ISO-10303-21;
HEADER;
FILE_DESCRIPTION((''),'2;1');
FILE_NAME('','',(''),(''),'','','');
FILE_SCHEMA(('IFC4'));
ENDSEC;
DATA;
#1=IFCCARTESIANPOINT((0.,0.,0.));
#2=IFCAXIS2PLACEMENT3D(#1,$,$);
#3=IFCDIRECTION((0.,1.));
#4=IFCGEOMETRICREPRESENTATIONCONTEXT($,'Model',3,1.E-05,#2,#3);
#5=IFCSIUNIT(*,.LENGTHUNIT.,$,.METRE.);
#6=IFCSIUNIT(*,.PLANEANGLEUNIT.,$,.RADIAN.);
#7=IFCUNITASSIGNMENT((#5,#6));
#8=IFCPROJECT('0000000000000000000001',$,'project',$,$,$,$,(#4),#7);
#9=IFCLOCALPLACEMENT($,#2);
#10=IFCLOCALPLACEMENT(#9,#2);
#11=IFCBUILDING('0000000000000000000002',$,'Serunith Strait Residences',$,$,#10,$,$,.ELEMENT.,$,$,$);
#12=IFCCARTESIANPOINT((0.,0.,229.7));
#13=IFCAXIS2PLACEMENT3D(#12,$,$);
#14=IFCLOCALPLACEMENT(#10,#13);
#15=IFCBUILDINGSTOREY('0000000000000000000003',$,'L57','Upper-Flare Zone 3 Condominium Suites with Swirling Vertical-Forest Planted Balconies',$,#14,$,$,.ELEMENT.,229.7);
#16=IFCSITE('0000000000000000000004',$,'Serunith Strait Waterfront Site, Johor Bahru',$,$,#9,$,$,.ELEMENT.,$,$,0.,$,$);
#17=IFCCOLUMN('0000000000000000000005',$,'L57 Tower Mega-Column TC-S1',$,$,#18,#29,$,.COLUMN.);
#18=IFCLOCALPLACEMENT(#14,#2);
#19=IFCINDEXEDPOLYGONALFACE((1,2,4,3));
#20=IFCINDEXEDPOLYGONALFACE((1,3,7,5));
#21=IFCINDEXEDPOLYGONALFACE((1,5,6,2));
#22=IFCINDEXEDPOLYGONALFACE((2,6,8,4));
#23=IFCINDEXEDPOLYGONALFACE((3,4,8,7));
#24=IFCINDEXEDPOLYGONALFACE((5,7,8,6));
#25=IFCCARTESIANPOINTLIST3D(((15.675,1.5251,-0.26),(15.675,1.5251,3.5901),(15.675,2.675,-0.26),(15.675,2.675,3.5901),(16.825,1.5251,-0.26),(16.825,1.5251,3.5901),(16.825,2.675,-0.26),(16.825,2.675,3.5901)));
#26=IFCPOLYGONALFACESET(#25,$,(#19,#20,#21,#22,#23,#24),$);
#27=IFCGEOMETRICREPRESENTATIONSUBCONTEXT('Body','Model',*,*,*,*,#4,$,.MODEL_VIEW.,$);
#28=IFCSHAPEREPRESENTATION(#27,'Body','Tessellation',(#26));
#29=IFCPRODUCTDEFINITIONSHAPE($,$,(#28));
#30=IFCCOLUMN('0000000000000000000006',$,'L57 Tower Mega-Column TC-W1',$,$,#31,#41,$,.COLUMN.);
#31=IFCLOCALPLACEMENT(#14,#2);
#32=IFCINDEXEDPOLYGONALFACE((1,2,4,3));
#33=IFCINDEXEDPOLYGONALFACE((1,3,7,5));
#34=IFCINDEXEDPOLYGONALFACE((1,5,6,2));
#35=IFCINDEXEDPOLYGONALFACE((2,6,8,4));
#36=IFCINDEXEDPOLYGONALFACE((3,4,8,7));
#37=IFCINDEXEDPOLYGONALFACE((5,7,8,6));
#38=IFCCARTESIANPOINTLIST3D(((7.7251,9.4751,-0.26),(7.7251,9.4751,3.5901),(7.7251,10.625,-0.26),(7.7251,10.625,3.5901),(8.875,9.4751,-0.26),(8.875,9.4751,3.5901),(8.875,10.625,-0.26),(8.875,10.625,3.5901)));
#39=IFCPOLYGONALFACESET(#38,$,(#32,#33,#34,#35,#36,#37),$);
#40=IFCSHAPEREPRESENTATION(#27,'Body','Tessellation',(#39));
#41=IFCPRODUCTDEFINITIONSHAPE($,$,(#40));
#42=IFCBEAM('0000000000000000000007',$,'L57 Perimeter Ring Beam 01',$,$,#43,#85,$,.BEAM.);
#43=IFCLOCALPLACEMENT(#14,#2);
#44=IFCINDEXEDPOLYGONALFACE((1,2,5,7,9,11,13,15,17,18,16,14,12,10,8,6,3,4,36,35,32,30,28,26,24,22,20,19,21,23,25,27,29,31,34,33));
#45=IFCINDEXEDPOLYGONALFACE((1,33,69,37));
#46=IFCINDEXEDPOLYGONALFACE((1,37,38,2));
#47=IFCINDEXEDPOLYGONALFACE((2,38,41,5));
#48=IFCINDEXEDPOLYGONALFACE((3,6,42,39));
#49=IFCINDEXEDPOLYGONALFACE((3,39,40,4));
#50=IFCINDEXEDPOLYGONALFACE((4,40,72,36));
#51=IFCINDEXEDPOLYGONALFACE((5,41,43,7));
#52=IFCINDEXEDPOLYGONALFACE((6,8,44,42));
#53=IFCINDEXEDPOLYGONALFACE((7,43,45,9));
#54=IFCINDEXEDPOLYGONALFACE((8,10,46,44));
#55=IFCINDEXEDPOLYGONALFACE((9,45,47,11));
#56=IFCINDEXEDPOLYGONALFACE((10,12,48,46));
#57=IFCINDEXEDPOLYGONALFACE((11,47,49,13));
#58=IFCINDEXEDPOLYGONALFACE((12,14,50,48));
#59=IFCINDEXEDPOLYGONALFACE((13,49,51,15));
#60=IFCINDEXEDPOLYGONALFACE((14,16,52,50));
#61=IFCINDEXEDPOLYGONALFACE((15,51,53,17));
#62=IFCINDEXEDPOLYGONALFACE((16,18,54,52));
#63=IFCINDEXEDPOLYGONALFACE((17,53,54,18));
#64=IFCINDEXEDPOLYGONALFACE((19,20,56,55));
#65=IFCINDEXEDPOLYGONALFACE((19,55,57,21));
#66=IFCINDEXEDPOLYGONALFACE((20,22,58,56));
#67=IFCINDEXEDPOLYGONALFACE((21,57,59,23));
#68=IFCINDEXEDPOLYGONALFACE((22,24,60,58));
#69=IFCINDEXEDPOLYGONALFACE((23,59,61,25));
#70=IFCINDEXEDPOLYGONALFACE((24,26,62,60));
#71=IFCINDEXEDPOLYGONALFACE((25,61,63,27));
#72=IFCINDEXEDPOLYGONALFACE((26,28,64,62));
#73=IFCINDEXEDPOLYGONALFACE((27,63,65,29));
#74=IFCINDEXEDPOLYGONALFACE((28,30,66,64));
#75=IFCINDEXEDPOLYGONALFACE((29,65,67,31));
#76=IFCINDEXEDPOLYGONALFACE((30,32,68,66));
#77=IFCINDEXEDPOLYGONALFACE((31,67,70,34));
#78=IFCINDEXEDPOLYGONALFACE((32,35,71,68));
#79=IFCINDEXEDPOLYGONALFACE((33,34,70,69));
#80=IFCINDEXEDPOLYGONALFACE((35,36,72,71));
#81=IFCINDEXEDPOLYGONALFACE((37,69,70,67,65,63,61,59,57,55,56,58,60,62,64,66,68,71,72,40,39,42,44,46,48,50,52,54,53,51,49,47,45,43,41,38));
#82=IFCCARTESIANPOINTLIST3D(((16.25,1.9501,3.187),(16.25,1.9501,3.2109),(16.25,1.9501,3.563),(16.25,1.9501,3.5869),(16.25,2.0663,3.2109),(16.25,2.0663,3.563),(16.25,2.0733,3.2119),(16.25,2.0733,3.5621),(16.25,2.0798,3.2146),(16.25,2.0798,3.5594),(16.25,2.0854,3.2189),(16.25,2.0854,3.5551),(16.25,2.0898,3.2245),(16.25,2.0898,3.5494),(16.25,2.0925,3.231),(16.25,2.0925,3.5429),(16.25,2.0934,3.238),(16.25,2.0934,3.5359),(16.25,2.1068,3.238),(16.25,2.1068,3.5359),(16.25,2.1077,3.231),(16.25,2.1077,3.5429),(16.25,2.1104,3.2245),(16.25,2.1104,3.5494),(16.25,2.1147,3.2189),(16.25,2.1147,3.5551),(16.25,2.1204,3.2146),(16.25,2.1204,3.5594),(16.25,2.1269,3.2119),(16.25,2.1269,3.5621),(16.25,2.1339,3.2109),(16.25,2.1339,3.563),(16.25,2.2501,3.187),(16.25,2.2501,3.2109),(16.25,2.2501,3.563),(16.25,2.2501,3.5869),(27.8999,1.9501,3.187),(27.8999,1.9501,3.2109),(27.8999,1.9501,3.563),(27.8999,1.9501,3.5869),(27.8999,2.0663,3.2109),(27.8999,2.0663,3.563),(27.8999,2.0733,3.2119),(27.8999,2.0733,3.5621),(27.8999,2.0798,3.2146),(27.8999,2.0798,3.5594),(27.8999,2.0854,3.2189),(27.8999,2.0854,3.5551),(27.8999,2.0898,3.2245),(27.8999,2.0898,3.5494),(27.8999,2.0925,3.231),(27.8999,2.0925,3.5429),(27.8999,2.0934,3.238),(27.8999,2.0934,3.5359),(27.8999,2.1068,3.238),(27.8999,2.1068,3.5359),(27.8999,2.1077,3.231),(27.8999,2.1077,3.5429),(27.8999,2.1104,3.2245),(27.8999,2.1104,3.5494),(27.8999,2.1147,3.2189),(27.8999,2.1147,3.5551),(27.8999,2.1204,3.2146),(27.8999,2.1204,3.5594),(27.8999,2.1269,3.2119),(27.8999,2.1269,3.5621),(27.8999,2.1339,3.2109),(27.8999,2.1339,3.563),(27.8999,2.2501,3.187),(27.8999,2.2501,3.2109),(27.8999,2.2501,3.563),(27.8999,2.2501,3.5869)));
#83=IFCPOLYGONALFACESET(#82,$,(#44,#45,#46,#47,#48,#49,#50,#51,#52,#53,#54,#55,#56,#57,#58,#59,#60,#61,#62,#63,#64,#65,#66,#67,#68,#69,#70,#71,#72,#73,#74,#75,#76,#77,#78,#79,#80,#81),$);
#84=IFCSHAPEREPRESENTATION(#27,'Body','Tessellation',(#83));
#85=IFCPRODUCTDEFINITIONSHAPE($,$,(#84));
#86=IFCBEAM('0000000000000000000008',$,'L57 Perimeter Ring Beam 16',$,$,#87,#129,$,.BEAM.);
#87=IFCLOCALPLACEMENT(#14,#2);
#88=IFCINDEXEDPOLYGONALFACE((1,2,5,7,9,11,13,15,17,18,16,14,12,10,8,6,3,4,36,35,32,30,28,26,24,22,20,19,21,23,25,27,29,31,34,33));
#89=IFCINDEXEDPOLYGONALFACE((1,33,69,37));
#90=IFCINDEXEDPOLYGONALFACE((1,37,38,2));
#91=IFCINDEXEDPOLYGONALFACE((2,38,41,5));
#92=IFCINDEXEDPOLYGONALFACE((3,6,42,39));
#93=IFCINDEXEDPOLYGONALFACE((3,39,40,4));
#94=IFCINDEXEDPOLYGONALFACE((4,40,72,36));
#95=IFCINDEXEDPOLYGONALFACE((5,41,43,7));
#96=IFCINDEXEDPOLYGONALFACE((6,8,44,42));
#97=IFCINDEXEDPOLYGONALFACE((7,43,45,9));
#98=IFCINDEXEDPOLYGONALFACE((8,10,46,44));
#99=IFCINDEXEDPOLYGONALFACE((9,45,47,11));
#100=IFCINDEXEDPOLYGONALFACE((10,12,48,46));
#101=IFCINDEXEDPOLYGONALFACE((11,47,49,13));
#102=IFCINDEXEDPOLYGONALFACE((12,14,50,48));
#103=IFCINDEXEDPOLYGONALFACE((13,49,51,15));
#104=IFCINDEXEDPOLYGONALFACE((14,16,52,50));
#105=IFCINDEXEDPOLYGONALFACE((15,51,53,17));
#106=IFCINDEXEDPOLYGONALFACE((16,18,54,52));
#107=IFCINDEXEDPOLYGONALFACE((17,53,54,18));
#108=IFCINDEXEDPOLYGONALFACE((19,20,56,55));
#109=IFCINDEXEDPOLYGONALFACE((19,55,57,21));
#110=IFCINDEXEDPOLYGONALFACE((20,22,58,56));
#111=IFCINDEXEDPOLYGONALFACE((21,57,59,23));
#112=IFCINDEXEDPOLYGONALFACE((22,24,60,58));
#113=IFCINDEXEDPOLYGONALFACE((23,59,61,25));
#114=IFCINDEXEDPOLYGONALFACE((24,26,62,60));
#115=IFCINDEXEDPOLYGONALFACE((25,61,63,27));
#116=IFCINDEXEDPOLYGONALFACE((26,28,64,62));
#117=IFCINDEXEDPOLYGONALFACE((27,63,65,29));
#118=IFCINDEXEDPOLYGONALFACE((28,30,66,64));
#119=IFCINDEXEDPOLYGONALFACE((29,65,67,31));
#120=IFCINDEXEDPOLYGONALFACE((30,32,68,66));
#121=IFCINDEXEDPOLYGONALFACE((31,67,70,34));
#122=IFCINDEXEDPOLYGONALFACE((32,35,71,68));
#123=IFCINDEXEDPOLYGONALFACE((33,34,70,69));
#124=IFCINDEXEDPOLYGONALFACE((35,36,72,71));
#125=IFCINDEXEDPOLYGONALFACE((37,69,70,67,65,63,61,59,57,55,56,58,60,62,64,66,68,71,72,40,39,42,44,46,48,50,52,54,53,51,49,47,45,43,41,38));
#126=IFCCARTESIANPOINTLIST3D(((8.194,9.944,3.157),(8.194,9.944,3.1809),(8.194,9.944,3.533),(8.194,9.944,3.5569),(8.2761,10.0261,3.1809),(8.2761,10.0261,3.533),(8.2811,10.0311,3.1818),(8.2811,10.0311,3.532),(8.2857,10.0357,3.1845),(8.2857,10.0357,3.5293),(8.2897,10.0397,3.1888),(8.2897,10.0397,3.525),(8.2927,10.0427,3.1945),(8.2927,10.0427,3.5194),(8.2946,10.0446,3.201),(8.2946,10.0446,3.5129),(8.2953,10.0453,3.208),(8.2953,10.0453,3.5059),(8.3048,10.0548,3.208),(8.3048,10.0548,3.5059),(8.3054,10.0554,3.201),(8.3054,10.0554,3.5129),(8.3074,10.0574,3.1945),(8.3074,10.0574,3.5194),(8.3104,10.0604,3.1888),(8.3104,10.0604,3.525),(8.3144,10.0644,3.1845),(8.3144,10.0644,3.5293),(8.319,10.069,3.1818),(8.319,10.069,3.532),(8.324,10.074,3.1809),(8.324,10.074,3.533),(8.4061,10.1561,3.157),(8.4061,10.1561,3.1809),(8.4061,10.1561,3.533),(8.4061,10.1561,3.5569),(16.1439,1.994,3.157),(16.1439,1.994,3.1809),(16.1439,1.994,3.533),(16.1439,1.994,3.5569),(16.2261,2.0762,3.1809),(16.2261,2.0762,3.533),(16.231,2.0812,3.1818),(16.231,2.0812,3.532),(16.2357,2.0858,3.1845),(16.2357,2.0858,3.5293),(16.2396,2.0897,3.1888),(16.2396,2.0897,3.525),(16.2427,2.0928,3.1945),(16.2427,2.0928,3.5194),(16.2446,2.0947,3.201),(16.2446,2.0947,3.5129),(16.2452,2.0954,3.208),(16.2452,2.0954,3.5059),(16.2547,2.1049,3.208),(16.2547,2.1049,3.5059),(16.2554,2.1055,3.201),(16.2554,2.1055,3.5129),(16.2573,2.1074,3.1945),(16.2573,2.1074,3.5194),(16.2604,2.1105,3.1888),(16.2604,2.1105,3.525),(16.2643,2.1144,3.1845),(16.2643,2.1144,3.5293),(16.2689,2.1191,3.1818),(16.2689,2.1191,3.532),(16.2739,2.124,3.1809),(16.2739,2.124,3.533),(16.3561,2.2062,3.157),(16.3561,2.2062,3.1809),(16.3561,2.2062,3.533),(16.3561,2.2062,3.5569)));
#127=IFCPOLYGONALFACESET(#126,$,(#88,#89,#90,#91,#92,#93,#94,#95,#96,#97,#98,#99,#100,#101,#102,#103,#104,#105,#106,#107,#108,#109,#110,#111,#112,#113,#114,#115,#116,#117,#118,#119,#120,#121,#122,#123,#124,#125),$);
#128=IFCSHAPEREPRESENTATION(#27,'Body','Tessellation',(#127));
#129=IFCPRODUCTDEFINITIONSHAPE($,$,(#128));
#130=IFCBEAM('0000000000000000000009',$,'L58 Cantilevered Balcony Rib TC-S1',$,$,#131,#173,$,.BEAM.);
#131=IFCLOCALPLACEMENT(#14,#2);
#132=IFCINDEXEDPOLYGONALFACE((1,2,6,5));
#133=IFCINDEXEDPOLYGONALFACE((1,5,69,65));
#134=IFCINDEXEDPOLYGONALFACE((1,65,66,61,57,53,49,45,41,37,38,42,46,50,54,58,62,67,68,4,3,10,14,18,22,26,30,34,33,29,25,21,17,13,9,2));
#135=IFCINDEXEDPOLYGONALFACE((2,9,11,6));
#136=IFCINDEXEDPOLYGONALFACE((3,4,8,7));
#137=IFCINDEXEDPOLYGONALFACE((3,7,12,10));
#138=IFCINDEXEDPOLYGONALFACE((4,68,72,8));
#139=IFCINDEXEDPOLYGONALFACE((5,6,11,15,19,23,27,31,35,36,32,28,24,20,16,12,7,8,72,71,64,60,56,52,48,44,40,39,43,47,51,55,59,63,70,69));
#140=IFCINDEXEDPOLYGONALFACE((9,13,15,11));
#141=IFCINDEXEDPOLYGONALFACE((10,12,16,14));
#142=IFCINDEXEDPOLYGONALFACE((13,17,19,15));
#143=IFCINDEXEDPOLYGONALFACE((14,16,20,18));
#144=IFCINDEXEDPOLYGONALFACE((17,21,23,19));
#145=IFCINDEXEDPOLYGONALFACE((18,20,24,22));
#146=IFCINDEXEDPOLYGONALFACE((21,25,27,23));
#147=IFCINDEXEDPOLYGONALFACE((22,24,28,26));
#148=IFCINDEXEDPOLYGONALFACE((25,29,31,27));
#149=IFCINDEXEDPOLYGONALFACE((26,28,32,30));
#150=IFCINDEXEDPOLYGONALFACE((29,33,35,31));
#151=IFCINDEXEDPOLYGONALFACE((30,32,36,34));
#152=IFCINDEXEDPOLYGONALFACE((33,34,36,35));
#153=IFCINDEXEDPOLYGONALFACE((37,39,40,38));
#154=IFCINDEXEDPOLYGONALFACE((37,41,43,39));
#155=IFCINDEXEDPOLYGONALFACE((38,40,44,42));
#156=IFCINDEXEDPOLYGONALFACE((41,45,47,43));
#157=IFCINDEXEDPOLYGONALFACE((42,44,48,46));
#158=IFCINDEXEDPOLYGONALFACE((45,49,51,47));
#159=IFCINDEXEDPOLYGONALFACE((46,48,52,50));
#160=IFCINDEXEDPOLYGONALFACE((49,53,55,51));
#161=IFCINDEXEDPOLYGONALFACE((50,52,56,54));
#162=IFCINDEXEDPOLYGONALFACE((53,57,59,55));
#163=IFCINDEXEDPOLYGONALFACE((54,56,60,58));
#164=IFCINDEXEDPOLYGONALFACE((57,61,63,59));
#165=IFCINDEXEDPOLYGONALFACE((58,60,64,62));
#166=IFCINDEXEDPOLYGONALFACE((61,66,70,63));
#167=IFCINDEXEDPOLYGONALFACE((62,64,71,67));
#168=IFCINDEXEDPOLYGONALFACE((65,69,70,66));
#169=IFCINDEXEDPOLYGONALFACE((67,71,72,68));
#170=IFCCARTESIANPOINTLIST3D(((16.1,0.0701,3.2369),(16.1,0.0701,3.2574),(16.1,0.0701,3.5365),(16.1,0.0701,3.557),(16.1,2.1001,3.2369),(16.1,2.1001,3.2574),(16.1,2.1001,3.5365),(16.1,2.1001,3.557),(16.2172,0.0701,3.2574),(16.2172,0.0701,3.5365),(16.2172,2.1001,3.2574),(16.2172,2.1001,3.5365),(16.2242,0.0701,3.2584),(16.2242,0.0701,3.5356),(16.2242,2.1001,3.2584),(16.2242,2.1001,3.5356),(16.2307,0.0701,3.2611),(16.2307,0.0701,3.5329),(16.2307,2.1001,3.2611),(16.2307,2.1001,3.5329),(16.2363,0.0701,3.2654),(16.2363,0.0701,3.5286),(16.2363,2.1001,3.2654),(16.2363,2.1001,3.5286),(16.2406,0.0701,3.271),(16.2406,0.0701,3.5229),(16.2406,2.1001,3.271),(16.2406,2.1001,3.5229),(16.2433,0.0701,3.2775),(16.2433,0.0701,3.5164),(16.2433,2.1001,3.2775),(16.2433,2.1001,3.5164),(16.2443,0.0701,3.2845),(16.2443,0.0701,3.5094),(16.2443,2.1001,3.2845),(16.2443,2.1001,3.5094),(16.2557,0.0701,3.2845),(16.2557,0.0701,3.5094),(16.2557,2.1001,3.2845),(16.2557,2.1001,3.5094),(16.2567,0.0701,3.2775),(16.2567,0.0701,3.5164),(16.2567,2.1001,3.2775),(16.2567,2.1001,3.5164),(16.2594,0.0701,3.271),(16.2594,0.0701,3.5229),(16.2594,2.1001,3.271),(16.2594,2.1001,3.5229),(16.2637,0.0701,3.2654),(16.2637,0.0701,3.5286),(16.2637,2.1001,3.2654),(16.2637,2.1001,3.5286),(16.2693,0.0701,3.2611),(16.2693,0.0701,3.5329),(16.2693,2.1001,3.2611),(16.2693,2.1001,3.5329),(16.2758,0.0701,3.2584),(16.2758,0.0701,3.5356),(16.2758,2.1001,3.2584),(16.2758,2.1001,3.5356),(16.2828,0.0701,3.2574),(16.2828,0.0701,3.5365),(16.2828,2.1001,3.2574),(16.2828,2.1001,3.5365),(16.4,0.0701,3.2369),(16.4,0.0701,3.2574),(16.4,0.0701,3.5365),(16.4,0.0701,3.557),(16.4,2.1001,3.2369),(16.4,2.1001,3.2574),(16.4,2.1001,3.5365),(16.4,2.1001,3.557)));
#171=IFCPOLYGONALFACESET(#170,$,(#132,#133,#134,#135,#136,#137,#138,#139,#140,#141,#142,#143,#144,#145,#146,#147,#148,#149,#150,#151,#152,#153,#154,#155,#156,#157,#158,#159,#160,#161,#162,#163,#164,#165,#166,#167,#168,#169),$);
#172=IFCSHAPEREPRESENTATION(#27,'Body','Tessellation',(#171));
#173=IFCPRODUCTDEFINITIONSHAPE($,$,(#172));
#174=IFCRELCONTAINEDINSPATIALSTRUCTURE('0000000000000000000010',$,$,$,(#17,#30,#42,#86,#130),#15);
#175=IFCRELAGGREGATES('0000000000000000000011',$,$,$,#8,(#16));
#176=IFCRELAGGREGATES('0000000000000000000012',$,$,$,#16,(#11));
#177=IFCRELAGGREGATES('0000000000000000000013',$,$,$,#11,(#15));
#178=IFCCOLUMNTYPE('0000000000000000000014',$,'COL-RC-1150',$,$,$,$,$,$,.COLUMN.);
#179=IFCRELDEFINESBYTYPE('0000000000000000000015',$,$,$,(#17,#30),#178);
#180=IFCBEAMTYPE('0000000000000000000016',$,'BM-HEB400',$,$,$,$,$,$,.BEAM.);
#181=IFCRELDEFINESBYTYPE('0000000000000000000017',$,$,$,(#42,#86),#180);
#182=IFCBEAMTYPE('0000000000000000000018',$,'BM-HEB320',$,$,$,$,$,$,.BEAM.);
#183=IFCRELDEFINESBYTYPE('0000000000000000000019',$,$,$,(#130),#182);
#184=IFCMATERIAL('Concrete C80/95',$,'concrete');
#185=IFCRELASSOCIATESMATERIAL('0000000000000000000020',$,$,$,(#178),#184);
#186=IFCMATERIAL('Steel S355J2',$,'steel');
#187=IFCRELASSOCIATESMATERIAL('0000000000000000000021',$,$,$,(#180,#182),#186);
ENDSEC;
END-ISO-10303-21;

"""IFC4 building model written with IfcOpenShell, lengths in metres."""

from ifc_helpers import new_model, si_unit, direction, frame, origin, origin_2d, place, context, subcontext, project, spatial, rectangle, i_section, extrude, source, transform, mapped, material, material_profile, profile_set, type_object, element, save


model = new_model("IFC4")

# Units and contexts
model_context = context("Model", 3, precision=1e-05, world=origin(), true_north=direction((0.0, 1.0)))
body_context = subcontext(model_context, "Body", "Model", "MODEL_VIEW")
ifc_project = project(units=[si_unit("LENGTHUNIT", "METRE"), si_unit("PLANEANGLEUNIT", "RADIAN")], contexts=[model_context])

# Site, building, storey
site_placement = place(None, origin())
site = spatial("IfcSite", under=ifc_project, at=site_placement, Name="Serunith Strait Waterfront Site, Johor Bahru", CompositionType="ELEMENT", RefElevation=0.0)
building_placement = place(site_placement, origin())
building = spatial("IfcBuilding", under=site, at=building_placement, Name="Serunith Strait Residences", CompositionType="ELEMENT")
storey_placement = place(building_placement, frame((0.0, 0.0, 229.7)))
storey = spatial("IfcBuildingStorey", under=building, at=storey_placement, Name="L57", Description="Upper-Flare Zone 3 Condominium Suites with Swirling Vertical-Forest Planted Balconies", CompositionType="ELEMENT", Elevation=229.7)

# Columns
ifc_material_1 = material(Name="Concrete C80/95", Category="concrete")
ifc_material_profile_1 = material_profile(ifc_material_1, rectangle(XDim=1.1499, YDim=1.1499, at=origin_2d()), Name="RC 1150x1150")
ifc_profile_set_1 = profile_set([ifc_material_profile_1], Name="Concrete C80/95")
column_type = type_object("IfcColumnType", Name="COL-RC-1150", PredefinedType="COLUMN", material=ifc_profile_set_1)
shared_shape_1 = source(origin(), body_context, "Body", "SweptSolid", [
    extrude(rectangle(XDim=1.1499, YDim=1.1499, at=origin_2d()), origin(), (0.0, 0.0, 1.0), 3.8501),
])
for number, where, z_axis, x_axis, name in (
    (1, (16.25, 2.1001, -0.26), (0.0, 0.0, 1.0), (1.0, 0.0, 0.0), "L57 Tower Mega-Column TC-S1"),
    (2, (8.3, 10.05, -0.26), (0.0, 0.0, 1.0), (1.0, 0.0, 0.0), "L57 Tower Mega-Column TC-W1"),
):
    element("IfcColumn", number, at=place(storey_placement, frame(where, z_axis=z_axis, x_axis=x_axis)), inside=storey, type_object=column_type, Name=name, PredefinedType="COLUMN", context=body_context, shape_type="MappedRepresentation", body=[
        mapped(shared_shape_1, transform((0.0, 0.0, 0.0), scale=1.0)),
    ])

# Beams
ifc_material_2 = material(Name="Steel S355J2", Category="steel")
ifc_material_profile_2 = material_profile(ifc_material_2, i_section(OverallWidth=0.3, OverallDepth=0.3999, WebThickness=0.0134, FlangeThickness=0.0239, FilletRadius=0.0271, at=origin_2d()), Name="HEB 400")
ifc_profile_set_2 = profile_set([ifc_material_profile_2], Name="Steel S355J2")
beam_type_1 = type_object("IfcBeamType", Name="BM-HEB400", PredefinedType="BEAM", material=ifc_profile_set_2)
shared_shape_2 = source(origin(), body_context, "Body", "SweptSolid", [
    extrude(i_section(OverallWidth=0.3, OverallDepth=0.3999, WebThickness=0.0134, FlangeThickness=0.0239, FilletRadius=0.0271, at=origin_2d()), origin(), (0.0, 0.0, 1.0), 11.6499),
])
beam_1_placement = place(storey_placement, frame((16.25, 2.1001, 3.387), z_axis=(1.0, 0.0, 0.0), x_axis=(0.0, 1.0, 0.0)))
element("IfcBeam", 3, at=beam_1_placement, inside=storey, type_object=beam_type_1, Name="L57 Perimeter Ring Beam 01", PredefinedType="BEAM", context=body_context, shape_type="MappedRepresentation", body=[
    mapped(shared_shape_2, transform((0.0, 0.0, 0.0), scale=1.0)),
])
shared_shape_3 = source(origin(), body_context, "Body", "SweptSolid", [
    extrude(i_section(OverallWidth=0.3, OverallDepth=0.3999, WebThickness=0.0134, FlangeThickness=0.0239, FilletRadius=0.0271, at=origin_2d()), origin(), (0.0, 0.0, 1.0), 11.2429),
])
beam_2_placement = place(storey_placement, frame((8.3, 10.05, 3.3569), z_axis=(0.707107, -0.707107, 0.0), x_axis=(0.707107, 0.707107, 0.0)))
element("IfcBeam", 4, at=beam_2_placement, inside=storey, type_object=beam_type_1, Name="L57 Perimeter Ring Beam 16", PredefinedType="BEAM", context=body_context, shape_type="MappedRepresentation", body=[
    mapped(shared_shape_3, transform((0.0, 0.0, 0.0), scale=1.0)),
])
ifc_material_profile_3 = material_profile(ifc_material_2, i_section(OverallWidth=0.3, OverallDepth=0.3201, WebThickness=0.0115, FlangeThickness=0.0205, FilletRadius=0.0271, at=origin_2d()), Name="HEB 320")
ifc_profile_set_3 = profile_set([ifc_material_profile_3], Name="Steel S355J2")
beam_type_2 = type_object("IfcBeamType", Name="BM-HEB320", PredefinedType="BEAM", material=ifc_profile_set_3)
shared_shape_4 = source(origin(), body_context, "Body", "SweptSolid", [
    extrude(i_section(OverallWidth=0.3, OverallDepth=0.3201, WebThickness=0.0115, FlangeThickness=0.0205, FilletRadius=0.0271, at=origin_2d()), origin(), (0.0, 0.0, 1.0), 2.03),
])
beam_3_placement = place(storey_placement, frame((16.25, 2.1001, 3.397), z_axis=(0.0, -1.0, 0.0), x_axis=(1.0, 0.0, 0.0)))
element("IfcBeam", 5, at=beam_3_placement, inside=storey, type_object=beam_type_2, Name="L58 Cantilevered Balcony Rib TC-S1", PredefinedType="BEAM", context=body_context, shape_type="MappedRepresentation", body=[
    mapped(shared_shape_4, transform((0.0, 0.0, 0.0), scale=1.0)),
])

save(model, "model.ifc")
